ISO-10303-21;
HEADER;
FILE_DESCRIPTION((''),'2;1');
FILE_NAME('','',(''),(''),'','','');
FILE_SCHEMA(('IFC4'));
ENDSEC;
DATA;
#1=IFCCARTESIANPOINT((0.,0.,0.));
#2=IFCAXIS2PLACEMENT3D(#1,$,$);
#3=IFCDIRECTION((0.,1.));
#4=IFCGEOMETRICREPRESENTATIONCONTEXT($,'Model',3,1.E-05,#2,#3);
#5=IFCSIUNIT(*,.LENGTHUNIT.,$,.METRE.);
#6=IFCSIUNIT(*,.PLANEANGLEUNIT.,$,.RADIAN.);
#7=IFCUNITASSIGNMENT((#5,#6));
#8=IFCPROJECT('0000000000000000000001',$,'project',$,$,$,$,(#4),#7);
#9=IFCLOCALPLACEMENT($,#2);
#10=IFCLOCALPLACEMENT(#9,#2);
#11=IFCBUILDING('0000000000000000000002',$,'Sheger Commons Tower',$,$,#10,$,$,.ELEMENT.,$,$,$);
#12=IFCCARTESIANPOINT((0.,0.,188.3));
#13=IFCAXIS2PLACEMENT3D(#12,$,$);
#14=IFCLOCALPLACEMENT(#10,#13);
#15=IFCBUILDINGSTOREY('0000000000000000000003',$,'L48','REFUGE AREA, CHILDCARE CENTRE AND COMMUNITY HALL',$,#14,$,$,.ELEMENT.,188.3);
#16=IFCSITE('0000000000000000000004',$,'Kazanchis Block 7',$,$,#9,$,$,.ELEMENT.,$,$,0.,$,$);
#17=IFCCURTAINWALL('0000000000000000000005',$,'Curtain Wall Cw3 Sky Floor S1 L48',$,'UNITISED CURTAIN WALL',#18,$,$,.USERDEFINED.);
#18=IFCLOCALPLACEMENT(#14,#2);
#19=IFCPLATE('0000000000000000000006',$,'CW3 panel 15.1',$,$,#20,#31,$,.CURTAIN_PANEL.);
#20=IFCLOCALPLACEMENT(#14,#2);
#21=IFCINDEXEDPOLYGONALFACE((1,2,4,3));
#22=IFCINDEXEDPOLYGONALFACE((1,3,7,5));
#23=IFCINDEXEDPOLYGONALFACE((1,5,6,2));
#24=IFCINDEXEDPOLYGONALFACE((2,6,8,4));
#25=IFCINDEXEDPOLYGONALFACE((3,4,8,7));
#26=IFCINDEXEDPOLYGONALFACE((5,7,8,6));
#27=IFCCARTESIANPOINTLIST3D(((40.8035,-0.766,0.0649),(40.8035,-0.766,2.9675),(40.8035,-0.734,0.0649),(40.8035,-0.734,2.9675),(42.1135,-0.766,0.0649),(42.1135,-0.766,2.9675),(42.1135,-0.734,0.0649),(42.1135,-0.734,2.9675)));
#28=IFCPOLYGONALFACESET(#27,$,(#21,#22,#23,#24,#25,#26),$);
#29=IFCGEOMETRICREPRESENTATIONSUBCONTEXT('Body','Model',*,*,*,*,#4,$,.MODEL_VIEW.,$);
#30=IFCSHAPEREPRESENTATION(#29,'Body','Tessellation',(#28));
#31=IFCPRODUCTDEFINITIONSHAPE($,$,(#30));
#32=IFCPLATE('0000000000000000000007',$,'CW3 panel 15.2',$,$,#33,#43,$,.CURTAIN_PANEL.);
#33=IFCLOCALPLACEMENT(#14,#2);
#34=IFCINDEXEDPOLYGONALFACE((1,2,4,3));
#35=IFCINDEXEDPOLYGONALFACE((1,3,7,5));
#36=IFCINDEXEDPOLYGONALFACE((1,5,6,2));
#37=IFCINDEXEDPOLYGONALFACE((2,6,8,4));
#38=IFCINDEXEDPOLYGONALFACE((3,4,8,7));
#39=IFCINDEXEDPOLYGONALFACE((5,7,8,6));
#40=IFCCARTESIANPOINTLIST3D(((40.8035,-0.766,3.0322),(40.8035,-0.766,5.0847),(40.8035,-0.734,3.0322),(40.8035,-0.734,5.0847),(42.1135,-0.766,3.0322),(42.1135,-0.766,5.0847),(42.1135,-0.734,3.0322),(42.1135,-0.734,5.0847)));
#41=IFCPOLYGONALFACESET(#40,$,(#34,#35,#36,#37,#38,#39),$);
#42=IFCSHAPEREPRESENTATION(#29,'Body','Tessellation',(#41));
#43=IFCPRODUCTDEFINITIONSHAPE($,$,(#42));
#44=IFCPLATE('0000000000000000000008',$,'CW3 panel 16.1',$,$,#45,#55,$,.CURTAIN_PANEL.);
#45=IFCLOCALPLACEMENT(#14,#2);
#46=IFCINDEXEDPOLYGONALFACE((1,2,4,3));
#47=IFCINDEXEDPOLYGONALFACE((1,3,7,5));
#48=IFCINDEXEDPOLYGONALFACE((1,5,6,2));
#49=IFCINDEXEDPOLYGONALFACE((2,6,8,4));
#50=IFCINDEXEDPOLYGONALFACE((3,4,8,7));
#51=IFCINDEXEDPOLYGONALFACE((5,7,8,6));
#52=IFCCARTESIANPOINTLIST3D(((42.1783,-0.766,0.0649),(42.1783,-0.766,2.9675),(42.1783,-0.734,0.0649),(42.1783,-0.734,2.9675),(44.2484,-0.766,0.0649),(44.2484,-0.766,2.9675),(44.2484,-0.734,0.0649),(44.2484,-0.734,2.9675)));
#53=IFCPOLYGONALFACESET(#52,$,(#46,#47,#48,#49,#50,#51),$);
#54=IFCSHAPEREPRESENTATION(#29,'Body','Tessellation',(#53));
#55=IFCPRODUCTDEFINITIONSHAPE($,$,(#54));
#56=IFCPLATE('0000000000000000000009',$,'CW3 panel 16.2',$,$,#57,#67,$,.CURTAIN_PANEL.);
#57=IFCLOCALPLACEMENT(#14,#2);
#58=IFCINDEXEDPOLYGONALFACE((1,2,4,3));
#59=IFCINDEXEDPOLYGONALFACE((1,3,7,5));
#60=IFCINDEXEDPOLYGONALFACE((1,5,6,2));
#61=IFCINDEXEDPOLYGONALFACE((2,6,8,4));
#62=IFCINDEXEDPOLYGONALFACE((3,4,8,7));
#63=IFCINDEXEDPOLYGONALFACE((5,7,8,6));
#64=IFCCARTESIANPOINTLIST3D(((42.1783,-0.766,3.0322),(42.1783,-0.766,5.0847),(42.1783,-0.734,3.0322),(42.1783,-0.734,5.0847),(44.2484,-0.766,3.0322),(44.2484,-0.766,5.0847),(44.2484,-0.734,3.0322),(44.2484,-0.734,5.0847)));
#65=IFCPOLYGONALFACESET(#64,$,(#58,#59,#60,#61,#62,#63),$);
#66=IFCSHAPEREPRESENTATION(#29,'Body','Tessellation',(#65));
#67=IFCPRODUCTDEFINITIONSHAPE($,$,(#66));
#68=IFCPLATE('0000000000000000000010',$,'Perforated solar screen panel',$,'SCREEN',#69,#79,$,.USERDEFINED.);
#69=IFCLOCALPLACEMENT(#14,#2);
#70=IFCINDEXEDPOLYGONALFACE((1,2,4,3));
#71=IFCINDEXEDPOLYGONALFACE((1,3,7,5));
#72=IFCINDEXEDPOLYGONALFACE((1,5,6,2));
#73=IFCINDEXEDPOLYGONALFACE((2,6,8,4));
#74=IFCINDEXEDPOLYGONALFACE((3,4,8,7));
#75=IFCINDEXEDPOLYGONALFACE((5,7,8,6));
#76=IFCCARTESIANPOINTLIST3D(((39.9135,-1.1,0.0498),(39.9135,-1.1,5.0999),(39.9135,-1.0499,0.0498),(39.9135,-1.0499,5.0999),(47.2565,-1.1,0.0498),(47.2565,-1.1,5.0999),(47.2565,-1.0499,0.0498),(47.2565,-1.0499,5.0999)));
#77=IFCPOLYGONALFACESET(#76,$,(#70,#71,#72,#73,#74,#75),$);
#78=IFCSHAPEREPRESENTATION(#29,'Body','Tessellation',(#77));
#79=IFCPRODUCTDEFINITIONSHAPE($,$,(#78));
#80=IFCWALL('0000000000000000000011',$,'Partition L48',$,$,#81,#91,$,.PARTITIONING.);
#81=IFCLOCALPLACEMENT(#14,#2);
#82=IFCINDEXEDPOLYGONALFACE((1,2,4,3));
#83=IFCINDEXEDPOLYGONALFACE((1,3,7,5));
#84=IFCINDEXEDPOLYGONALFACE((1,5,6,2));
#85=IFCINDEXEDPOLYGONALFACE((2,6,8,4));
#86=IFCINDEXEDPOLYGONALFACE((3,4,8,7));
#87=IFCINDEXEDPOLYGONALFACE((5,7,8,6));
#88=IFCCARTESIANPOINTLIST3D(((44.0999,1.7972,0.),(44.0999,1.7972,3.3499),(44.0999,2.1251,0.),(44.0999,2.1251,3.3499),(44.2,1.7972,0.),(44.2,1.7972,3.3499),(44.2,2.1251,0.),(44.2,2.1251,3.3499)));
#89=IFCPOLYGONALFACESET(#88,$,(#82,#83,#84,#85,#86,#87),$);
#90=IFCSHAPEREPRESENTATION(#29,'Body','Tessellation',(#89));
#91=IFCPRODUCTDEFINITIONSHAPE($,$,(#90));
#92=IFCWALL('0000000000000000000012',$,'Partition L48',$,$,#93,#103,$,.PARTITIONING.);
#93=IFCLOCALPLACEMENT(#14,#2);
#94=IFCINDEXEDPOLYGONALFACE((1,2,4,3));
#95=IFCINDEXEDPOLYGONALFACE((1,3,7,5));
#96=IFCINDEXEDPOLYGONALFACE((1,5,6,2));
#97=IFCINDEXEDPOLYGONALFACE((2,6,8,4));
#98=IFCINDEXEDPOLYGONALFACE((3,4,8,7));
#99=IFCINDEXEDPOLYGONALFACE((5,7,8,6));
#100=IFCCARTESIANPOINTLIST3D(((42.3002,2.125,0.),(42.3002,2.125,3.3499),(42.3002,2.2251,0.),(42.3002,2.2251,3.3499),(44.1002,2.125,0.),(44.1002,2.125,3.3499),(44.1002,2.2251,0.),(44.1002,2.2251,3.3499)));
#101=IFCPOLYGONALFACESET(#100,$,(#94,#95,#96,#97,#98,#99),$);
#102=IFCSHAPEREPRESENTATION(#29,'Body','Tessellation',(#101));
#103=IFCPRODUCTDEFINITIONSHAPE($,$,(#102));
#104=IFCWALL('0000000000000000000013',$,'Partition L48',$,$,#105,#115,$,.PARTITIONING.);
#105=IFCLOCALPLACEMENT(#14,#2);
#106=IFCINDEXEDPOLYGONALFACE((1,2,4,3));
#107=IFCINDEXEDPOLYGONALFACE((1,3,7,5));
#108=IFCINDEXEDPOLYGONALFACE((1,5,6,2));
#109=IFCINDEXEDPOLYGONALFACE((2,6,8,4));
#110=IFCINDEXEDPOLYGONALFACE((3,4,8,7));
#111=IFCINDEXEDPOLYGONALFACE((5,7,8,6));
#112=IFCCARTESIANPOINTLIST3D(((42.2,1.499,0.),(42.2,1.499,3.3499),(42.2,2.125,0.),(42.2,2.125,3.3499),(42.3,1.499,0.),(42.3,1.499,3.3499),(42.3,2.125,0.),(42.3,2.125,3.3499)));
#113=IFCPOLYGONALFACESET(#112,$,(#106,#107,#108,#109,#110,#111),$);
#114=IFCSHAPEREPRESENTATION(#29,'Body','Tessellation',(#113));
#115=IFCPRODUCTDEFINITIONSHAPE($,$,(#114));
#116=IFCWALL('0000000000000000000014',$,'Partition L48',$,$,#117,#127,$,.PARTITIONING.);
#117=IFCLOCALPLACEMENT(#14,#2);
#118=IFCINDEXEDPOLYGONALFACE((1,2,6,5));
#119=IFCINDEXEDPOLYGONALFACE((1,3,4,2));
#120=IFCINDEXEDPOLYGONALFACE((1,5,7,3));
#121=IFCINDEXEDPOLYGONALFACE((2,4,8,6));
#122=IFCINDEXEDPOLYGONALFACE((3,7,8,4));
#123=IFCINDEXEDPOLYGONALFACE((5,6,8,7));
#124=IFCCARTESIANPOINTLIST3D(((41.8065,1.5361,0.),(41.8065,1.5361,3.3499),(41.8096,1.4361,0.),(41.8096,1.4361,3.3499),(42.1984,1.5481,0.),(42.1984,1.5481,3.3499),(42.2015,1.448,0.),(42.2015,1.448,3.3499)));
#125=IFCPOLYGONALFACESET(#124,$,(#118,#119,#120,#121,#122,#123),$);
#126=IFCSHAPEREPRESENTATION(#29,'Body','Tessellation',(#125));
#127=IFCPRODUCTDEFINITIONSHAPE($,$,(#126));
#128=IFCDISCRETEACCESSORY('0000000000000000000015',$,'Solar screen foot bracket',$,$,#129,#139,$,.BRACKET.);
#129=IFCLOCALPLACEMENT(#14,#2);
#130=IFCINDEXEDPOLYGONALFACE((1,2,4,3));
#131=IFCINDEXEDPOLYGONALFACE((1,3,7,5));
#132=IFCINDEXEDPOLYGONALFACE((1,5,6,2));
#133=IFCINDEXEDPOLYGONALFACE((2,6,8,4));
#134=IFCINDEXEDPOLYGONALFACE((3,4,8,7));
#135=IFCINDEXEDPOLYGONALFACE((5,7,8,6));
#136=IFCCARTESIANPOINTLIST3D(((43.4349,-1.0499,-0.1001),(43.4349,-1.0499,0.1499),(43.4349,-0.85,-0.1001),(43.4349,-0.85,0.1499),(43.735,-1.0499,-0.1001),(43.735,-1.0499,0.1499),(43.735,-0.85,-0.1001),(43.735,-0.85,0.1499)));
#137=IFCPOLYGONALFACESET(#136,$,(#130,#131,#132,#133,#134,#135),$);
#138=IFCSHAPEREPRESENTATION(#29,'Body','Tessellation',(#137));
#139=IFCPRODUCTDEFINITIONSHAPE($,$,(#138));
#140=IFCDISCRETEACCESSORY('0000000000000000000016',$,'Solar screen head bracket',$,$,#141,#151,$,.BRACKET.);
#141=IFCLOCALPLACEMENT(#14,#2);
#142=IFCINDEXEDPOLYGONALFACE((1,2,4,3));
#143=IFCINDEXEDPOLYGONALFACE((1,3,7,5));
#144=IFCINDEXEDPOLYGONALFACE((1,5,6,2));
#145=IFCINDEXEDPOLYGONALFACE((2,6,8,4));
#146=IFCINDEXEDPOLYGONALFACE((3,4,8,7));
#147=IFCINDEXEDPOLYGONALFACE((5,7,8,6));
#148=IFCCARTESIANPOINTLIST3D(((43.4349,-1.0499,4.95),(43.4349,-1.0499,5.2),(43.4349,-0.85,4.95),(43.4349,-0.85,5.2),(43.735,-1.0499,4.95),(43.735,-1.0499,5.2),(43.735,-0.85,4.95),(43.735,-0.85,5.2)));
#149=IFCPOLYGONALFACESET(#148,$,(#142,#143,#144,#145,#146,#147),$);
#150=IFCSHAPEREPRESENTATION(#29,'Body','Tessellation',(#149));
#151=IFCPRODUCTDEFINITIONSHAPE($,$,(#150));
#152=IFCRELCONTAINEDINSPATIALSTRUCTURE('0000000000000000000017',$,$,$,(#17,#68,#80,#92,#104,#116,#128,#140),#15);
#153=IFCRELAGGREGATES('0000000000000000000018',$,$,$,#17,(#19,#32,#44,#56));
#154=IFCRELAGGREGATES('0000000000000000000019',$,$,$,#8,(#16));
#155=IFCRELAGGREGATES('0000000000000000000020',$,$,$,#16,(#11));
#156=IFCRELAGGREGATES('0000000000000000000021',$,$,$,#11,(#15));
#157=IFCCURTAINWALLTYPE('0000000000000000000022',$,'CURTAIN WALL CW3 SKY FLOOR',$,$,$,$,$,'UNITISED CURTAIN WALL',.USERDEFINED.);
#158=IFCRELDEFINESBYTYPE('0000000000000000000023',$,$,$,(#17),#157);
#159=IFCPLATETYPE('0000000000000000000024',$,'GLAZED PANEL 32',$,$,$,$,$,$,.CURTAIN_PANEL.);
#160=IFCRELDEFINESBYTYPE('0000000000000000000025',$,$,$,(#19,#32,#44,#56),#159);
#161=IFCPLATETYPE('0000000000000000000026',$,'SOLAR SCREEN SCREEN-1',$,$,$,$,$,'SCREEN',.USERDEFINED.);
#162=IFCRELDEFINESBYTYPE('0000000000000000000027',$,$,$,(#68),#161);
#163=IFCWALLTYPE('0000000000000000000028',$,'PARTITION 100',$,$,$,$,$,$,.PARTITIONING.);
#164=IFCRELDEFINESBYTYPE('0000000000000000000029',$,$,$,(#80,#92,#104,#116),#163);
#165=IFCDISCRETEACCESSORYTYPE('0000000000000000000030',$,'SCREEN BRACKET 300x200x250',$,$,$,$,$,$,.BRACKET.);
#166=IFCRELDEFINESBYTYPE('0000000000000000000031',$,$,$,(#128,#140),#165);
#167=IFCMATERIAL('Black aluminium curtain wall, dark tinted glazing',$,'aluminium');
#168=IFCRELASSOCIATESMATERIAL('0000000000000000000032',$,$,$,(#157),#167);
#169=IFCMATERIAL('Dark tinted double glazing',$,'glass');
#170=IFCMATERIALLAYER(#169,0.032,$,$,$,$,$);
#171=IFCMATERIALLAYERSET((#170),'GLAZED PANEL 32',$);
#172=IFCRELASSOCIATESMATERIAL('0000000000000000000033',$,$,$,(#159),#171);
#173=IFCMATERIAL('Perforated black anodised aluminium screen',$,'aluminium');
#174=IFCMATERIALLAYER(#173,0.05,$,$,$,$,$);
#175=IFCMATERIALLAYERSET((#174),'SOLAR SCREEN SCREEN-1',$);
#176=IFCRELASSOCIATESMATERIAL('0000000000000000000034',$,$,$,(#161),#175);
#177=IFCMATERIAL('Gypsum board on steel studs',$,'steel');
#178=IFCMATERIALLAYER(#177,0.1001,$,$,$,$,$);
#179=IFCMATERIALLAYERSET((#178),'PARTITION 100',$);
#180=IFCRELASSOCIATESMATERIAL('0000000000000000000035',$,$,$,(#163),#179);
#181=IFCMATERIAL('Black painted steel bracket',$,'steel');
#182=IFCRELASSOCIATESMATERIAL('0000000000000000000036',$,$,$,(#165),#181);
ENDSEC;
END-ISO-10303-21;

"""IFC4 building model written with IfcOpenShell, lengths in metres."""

from ifc_helpers import new_model, si_unit, direction, frame, frame_2d, origin, origin_2d, place, context, subcontext, project, spatial, rectangle, extrude, material, layer, layer_set, type_object, element, aggregate, save


model = new_model("IFC4")

# Units and contexts
model_context = context("Model", 3, precision=1e-05, world=origin(), true_north=direction((0.0, 1.0)))
body_context = subcontext(model_context, "Body", "Model", "MODEL_VIEW")
ifc_project = project(units=[si_unit("LENGTHUNIT", "METRE"), si_unit("PLANEANGLEUNIT", "RADIAN")], contexts=[model_context])

# Site, building, storey
site_placement = place(None, origin())
site = spatial("IfcSite", under=ifc_project, at=site_placement, Name="Kazanchis Block 7", CompositionType="ELEMENT", RefElevation=0.0)
building_placement = place(site_placement, origin())
building = spatial("IfcBuilding", under=site, at=building_placement, Name="Sheger Commons Tower", CompositionType="ELEMENT")
storey_placement = place(building_placement, frame((0.0, 0.0, 188.3)))
storey = spatial("IfcBuildingStorey", under=building, at=storey_placement, Name="L48", Description="REFUGE AREA, CHILDCARE CENTRE AND COMMUNITY HALL", CompositionType="ELEMENT", Elevation=188.3)

# Curtain wall
ifc_material_1 = material(Name="Black aluminium curtain wall, dark tinted glazing", Category="aluminium")
curtain_wall_type = type_object("IfcCurtainWallType", Name="CURTAIN WALL CW3 SKY FLOOR", ElementType="UNITISED CURTAIN WALL", PredefinedType="USERDEFINED", material=ifc_material_1)
curtain_wall_placement = place(storey_placement, origin())
curtain_wall = element("IfcCurtainWall", 1, at=curtain_wall_placement, inside=storey, type_object=curtain_wall_type, Name="Curtain Wall Cw3 Sky Floor S1 L48", ObjectType="UNITISED CURTAIN WALL", PredefinedType="USERDEFINED")

# Plates
ifc_material_2 = material(Name="Dark tinted double glazing", Category="glass")
ifc_layer_1 = layer(ifc_material_2, 0.032)
ifc_layer_set_1 = layer_set([ifc_layer_1], Name="GLAZED PANEL 32")
plate_type_1 = type_object("IfcPlateType", Name="GLAZED PANEL 32", PredefinedType="CURTAIN_PANEL", material=ifc_layer_set_1)
plate_1_placement = place(storey_placement, frame((41.4585, -0.75, 0.0649), z_axis=(0.0, 0.0, 1.0), x_axis=(1.0, 0.0, 0.0)))
plate_1 = element("IfcPlate", 2, at=plate_1_placement, type_object=plate_type_1, Name="CW3 panel 15.1", PredefinedType="CURTAIN_PANEL", context=body_context, shape_type="SweptSolid", body=[
    extrude(rectangle(XDim=1.3101, YDim=0.032, at=origin_2d()), origin(), (0.0, 0.0, 1.0), 2.9026),
])
plate_2_placement = place(storey_placement, frame((41.4585, -0.75, 3.0322), z_axis=(0.0, 0.0, 1.0), x_axis=(1.0, 0.0, 0.0)))
plate_2 = element("IfcPlate", 3, at=plate_2_placement, type_object=plate_type_1, Name="CW3 panel 15.2", PredefinedType="CURTAIN_PANEL", context=body_context, shape_type="SweptSolid", body=[
    extrude(rectangle(XDim=1.3101, YDim=0.032, at=origin_2d()), origin(), (0.0, 0.0, 1.0), 2.0525),
])
plate_3_placement = place(storey_placement, frame((43.2134, -0.75, 0.0649), z_axis=(0.0, 0.0, 1.0), x_axis=(1.0, 0.0, 0.0)))
plate_3 = element("IfcPlate", 4, at=plate_3_placement, type_object=plate_type_1, Name="CW3 panel 16.1", PredefinedType="CURTAIN_PANEL", context=body_context, shape_type="SweptSolid", body=[
    extrude(rectangle(XDim=2.0701, YDim=0.032, at=origin_2d()), origin(), (0.0, 0.0, 1.0), 2.9026),
])
plate_4_placement = place(storey_placement, frame((43.2134, -0.75, 3.0322), z_axis=(0.0, 0.0, 1.0), x_axis=(1.0, 0.0, 0.0)))
plate_4 = element("IfcPlate", 5, at=plate_4_placement, type_object=plate_type_1, Name="CW3 panel 16.2", PredefinedType="CURTAIN_PANEL", context=body_context, shape_type="SweptSolid", body=[
    extrude(rectangle(XDim=2.0701, YDim=0.032, at=origin_2d()), origin(), (0.0, 0.0, 1.0), 2.0525),
])
aggregate(curtain_wall, [plate_1, plate_2, plate_3, plate_4])
ifc_material_3 = material(Name="Perforated black anodised aluminium screen", Category="aluminium")
ifc_layer_2 = layer(ifc_material_3, 0.05)
ifc_layer_set_2 = layer_set([ifc_layer_2], Name="SOLAR SCREEN SCREEN-1")
plate_type_2 = type_object("IfcPlateType", Name="SOLAR SCREEN SCREEN-1", ElementType="SCREEN", PredefinedType="USERDEFINED", material=ifc_layer_set_2)
plate_5_placement = place(storey_placement, frame((43.585, -1.075, 0.0498), z_axis=(0.0, 0.0, 1.0), x_axis=(1.0, 0.0, 0.0)))
element("IfcPlate", 6, at=plate_5_placement, inside=storey, type_object=plate_type_2, Name="Perforated solar screen panel", ObjectType="SCREEN", PredefinedType="USERDEFINED", context=body_context, shape_type="SweptSolid", body=[
    extrude(rectangle(XDim=7.343, YDim=0.05, at=origin_2d()), origin(), (0.0, 0.0, 1.0), 5.05),
])

# Walls
ifc_material_4 = material(Name="Gypsum board on steel studs", Category="steel")
ifc_layer_3 = layer(ifc_material_4, 0.1001)
ifc_layer_set_3 = layer_set([ifc_layer_3], Name="PARTITION 100")
wall_type = type_object("IfcWallType", Name="PARTITION 100", PredefinedType="PARTITIONING", material=ifc_layer_set_3)
wall_1_placement = place(storey_placement, frame((44.1499, 1.7971, 0.0), z_axis=(0.0, 0.0, 1.0), x_axis=(0.0, 1.0, 0.0)))
element("IfcWall", 7, at=wall_1_placement, inside=storey, type_object=wall_type, Name="Partition L48", PredefinedType="PARTITIONING", context=body_context, shape_type="SweptSolid", body=[
    extrude(rectangle(XDim=0.3279, YDim=0.1001, at=frame_2d((0.1641, 0.0))), origin(), (0.0, 0.0, 1.0), 3.3499),
])
wall_2_placement = place(storey_placement, frame((44.1001, 2.175, 0.0), z_axis=(0.0, 0.0, 1.0), x_axis=(-1.0, 0.0, 0.0)))
element("IfcWall", 8, at=wall_2_placement, inside=storey, type_object=wall_type, Name="Partition L48", PredefinedType="PARTITIONING", context=body_context, shape_type="SweptSolid", body=[
    extrude(rectangle(XDim=1.8, YDim=0.1001, at=frame_2d((0.8999, 0.0))), origin(), (0.0, 0.0, 1.0), 3.3499),
])
wall_3_placement = place(storey_placement, frame((42.25, 2.125, 0.0), z_axis=(0.0, 0.0, 1.0), x_axis=(0.0, -1.0, 0.0)))
element("IfcWall", 9, at=wall_3_placement, inside=storey, type_object=wall_type, Name="Partition L48", PredefinedType="PARTITIONING", context=body_context, shape_type="SweptSolid", body=[
    extrude(rectangle(XDim=0.626, YDim=0.1001, at=frame_2d((0.313, 0.0))), origin(), (0.0, 0.0, 1.0), 3.3499),
])
wall_4_placement = place(storey_placement, frame((42.2, 1.498, 0.0), z_axis=(0.0, 0.0, 1.0), x_axis=(-0.999534, -0.030515, 0.0)))
element("IfcWall", 10, at=wall_4_placement, inside=storey, type_object=wall_type, Name="Partition L48", PredefinedType="PARTITIONING", context=body_context, shape_type="SweptSolid", body=[
    extrude(rectangle(XDim=0.3921, YDim=0.1001, at=frame_2d((0.196, 0.0))), origin(), (0.0, 0.0, 1.0), 3.3499),
])

# Discrete accessories
ifc_material_5 = material(Name="Black painted steel bracket", Category="steel")
discrete_accessory_type = type_object("IfcDiscreteAccessoryType", Name="SCREEN BRACKET 300x200x250", PredefinedType="BRACKET", material=ifc_material_5)
for number, where, z_axis, x_axis, name in (
    (11, (43.585, -0.95, -0.1001), (0.0, 0.0, 1.0), (1.0, 0.0, 0.0), "Solar screen foot bracket"),
    (12, (43.585, -0.95, 4.95), (0.0, 0.0, 1.0), (1.0, 0.0, 0.0), "Solar screen head bracket"),
):
    element("IfcDiscreteAccessory", number, at=place(storey_placement, frame(where, z_axis=z_axis, x_axis=x_axis)), inside=storey, type_object=discrete_accessory_type, Name=name, PredefinedType="BRACKET", context=body_context, shape_type="SweptSolid", body=[
        extrude(rectangle(XDim=0.3, YDim=0.2, at=origin_2d()), origin(), (0.0, 0.0, 1.0), 0.25),
    ])

save(model, "model.ifc")
